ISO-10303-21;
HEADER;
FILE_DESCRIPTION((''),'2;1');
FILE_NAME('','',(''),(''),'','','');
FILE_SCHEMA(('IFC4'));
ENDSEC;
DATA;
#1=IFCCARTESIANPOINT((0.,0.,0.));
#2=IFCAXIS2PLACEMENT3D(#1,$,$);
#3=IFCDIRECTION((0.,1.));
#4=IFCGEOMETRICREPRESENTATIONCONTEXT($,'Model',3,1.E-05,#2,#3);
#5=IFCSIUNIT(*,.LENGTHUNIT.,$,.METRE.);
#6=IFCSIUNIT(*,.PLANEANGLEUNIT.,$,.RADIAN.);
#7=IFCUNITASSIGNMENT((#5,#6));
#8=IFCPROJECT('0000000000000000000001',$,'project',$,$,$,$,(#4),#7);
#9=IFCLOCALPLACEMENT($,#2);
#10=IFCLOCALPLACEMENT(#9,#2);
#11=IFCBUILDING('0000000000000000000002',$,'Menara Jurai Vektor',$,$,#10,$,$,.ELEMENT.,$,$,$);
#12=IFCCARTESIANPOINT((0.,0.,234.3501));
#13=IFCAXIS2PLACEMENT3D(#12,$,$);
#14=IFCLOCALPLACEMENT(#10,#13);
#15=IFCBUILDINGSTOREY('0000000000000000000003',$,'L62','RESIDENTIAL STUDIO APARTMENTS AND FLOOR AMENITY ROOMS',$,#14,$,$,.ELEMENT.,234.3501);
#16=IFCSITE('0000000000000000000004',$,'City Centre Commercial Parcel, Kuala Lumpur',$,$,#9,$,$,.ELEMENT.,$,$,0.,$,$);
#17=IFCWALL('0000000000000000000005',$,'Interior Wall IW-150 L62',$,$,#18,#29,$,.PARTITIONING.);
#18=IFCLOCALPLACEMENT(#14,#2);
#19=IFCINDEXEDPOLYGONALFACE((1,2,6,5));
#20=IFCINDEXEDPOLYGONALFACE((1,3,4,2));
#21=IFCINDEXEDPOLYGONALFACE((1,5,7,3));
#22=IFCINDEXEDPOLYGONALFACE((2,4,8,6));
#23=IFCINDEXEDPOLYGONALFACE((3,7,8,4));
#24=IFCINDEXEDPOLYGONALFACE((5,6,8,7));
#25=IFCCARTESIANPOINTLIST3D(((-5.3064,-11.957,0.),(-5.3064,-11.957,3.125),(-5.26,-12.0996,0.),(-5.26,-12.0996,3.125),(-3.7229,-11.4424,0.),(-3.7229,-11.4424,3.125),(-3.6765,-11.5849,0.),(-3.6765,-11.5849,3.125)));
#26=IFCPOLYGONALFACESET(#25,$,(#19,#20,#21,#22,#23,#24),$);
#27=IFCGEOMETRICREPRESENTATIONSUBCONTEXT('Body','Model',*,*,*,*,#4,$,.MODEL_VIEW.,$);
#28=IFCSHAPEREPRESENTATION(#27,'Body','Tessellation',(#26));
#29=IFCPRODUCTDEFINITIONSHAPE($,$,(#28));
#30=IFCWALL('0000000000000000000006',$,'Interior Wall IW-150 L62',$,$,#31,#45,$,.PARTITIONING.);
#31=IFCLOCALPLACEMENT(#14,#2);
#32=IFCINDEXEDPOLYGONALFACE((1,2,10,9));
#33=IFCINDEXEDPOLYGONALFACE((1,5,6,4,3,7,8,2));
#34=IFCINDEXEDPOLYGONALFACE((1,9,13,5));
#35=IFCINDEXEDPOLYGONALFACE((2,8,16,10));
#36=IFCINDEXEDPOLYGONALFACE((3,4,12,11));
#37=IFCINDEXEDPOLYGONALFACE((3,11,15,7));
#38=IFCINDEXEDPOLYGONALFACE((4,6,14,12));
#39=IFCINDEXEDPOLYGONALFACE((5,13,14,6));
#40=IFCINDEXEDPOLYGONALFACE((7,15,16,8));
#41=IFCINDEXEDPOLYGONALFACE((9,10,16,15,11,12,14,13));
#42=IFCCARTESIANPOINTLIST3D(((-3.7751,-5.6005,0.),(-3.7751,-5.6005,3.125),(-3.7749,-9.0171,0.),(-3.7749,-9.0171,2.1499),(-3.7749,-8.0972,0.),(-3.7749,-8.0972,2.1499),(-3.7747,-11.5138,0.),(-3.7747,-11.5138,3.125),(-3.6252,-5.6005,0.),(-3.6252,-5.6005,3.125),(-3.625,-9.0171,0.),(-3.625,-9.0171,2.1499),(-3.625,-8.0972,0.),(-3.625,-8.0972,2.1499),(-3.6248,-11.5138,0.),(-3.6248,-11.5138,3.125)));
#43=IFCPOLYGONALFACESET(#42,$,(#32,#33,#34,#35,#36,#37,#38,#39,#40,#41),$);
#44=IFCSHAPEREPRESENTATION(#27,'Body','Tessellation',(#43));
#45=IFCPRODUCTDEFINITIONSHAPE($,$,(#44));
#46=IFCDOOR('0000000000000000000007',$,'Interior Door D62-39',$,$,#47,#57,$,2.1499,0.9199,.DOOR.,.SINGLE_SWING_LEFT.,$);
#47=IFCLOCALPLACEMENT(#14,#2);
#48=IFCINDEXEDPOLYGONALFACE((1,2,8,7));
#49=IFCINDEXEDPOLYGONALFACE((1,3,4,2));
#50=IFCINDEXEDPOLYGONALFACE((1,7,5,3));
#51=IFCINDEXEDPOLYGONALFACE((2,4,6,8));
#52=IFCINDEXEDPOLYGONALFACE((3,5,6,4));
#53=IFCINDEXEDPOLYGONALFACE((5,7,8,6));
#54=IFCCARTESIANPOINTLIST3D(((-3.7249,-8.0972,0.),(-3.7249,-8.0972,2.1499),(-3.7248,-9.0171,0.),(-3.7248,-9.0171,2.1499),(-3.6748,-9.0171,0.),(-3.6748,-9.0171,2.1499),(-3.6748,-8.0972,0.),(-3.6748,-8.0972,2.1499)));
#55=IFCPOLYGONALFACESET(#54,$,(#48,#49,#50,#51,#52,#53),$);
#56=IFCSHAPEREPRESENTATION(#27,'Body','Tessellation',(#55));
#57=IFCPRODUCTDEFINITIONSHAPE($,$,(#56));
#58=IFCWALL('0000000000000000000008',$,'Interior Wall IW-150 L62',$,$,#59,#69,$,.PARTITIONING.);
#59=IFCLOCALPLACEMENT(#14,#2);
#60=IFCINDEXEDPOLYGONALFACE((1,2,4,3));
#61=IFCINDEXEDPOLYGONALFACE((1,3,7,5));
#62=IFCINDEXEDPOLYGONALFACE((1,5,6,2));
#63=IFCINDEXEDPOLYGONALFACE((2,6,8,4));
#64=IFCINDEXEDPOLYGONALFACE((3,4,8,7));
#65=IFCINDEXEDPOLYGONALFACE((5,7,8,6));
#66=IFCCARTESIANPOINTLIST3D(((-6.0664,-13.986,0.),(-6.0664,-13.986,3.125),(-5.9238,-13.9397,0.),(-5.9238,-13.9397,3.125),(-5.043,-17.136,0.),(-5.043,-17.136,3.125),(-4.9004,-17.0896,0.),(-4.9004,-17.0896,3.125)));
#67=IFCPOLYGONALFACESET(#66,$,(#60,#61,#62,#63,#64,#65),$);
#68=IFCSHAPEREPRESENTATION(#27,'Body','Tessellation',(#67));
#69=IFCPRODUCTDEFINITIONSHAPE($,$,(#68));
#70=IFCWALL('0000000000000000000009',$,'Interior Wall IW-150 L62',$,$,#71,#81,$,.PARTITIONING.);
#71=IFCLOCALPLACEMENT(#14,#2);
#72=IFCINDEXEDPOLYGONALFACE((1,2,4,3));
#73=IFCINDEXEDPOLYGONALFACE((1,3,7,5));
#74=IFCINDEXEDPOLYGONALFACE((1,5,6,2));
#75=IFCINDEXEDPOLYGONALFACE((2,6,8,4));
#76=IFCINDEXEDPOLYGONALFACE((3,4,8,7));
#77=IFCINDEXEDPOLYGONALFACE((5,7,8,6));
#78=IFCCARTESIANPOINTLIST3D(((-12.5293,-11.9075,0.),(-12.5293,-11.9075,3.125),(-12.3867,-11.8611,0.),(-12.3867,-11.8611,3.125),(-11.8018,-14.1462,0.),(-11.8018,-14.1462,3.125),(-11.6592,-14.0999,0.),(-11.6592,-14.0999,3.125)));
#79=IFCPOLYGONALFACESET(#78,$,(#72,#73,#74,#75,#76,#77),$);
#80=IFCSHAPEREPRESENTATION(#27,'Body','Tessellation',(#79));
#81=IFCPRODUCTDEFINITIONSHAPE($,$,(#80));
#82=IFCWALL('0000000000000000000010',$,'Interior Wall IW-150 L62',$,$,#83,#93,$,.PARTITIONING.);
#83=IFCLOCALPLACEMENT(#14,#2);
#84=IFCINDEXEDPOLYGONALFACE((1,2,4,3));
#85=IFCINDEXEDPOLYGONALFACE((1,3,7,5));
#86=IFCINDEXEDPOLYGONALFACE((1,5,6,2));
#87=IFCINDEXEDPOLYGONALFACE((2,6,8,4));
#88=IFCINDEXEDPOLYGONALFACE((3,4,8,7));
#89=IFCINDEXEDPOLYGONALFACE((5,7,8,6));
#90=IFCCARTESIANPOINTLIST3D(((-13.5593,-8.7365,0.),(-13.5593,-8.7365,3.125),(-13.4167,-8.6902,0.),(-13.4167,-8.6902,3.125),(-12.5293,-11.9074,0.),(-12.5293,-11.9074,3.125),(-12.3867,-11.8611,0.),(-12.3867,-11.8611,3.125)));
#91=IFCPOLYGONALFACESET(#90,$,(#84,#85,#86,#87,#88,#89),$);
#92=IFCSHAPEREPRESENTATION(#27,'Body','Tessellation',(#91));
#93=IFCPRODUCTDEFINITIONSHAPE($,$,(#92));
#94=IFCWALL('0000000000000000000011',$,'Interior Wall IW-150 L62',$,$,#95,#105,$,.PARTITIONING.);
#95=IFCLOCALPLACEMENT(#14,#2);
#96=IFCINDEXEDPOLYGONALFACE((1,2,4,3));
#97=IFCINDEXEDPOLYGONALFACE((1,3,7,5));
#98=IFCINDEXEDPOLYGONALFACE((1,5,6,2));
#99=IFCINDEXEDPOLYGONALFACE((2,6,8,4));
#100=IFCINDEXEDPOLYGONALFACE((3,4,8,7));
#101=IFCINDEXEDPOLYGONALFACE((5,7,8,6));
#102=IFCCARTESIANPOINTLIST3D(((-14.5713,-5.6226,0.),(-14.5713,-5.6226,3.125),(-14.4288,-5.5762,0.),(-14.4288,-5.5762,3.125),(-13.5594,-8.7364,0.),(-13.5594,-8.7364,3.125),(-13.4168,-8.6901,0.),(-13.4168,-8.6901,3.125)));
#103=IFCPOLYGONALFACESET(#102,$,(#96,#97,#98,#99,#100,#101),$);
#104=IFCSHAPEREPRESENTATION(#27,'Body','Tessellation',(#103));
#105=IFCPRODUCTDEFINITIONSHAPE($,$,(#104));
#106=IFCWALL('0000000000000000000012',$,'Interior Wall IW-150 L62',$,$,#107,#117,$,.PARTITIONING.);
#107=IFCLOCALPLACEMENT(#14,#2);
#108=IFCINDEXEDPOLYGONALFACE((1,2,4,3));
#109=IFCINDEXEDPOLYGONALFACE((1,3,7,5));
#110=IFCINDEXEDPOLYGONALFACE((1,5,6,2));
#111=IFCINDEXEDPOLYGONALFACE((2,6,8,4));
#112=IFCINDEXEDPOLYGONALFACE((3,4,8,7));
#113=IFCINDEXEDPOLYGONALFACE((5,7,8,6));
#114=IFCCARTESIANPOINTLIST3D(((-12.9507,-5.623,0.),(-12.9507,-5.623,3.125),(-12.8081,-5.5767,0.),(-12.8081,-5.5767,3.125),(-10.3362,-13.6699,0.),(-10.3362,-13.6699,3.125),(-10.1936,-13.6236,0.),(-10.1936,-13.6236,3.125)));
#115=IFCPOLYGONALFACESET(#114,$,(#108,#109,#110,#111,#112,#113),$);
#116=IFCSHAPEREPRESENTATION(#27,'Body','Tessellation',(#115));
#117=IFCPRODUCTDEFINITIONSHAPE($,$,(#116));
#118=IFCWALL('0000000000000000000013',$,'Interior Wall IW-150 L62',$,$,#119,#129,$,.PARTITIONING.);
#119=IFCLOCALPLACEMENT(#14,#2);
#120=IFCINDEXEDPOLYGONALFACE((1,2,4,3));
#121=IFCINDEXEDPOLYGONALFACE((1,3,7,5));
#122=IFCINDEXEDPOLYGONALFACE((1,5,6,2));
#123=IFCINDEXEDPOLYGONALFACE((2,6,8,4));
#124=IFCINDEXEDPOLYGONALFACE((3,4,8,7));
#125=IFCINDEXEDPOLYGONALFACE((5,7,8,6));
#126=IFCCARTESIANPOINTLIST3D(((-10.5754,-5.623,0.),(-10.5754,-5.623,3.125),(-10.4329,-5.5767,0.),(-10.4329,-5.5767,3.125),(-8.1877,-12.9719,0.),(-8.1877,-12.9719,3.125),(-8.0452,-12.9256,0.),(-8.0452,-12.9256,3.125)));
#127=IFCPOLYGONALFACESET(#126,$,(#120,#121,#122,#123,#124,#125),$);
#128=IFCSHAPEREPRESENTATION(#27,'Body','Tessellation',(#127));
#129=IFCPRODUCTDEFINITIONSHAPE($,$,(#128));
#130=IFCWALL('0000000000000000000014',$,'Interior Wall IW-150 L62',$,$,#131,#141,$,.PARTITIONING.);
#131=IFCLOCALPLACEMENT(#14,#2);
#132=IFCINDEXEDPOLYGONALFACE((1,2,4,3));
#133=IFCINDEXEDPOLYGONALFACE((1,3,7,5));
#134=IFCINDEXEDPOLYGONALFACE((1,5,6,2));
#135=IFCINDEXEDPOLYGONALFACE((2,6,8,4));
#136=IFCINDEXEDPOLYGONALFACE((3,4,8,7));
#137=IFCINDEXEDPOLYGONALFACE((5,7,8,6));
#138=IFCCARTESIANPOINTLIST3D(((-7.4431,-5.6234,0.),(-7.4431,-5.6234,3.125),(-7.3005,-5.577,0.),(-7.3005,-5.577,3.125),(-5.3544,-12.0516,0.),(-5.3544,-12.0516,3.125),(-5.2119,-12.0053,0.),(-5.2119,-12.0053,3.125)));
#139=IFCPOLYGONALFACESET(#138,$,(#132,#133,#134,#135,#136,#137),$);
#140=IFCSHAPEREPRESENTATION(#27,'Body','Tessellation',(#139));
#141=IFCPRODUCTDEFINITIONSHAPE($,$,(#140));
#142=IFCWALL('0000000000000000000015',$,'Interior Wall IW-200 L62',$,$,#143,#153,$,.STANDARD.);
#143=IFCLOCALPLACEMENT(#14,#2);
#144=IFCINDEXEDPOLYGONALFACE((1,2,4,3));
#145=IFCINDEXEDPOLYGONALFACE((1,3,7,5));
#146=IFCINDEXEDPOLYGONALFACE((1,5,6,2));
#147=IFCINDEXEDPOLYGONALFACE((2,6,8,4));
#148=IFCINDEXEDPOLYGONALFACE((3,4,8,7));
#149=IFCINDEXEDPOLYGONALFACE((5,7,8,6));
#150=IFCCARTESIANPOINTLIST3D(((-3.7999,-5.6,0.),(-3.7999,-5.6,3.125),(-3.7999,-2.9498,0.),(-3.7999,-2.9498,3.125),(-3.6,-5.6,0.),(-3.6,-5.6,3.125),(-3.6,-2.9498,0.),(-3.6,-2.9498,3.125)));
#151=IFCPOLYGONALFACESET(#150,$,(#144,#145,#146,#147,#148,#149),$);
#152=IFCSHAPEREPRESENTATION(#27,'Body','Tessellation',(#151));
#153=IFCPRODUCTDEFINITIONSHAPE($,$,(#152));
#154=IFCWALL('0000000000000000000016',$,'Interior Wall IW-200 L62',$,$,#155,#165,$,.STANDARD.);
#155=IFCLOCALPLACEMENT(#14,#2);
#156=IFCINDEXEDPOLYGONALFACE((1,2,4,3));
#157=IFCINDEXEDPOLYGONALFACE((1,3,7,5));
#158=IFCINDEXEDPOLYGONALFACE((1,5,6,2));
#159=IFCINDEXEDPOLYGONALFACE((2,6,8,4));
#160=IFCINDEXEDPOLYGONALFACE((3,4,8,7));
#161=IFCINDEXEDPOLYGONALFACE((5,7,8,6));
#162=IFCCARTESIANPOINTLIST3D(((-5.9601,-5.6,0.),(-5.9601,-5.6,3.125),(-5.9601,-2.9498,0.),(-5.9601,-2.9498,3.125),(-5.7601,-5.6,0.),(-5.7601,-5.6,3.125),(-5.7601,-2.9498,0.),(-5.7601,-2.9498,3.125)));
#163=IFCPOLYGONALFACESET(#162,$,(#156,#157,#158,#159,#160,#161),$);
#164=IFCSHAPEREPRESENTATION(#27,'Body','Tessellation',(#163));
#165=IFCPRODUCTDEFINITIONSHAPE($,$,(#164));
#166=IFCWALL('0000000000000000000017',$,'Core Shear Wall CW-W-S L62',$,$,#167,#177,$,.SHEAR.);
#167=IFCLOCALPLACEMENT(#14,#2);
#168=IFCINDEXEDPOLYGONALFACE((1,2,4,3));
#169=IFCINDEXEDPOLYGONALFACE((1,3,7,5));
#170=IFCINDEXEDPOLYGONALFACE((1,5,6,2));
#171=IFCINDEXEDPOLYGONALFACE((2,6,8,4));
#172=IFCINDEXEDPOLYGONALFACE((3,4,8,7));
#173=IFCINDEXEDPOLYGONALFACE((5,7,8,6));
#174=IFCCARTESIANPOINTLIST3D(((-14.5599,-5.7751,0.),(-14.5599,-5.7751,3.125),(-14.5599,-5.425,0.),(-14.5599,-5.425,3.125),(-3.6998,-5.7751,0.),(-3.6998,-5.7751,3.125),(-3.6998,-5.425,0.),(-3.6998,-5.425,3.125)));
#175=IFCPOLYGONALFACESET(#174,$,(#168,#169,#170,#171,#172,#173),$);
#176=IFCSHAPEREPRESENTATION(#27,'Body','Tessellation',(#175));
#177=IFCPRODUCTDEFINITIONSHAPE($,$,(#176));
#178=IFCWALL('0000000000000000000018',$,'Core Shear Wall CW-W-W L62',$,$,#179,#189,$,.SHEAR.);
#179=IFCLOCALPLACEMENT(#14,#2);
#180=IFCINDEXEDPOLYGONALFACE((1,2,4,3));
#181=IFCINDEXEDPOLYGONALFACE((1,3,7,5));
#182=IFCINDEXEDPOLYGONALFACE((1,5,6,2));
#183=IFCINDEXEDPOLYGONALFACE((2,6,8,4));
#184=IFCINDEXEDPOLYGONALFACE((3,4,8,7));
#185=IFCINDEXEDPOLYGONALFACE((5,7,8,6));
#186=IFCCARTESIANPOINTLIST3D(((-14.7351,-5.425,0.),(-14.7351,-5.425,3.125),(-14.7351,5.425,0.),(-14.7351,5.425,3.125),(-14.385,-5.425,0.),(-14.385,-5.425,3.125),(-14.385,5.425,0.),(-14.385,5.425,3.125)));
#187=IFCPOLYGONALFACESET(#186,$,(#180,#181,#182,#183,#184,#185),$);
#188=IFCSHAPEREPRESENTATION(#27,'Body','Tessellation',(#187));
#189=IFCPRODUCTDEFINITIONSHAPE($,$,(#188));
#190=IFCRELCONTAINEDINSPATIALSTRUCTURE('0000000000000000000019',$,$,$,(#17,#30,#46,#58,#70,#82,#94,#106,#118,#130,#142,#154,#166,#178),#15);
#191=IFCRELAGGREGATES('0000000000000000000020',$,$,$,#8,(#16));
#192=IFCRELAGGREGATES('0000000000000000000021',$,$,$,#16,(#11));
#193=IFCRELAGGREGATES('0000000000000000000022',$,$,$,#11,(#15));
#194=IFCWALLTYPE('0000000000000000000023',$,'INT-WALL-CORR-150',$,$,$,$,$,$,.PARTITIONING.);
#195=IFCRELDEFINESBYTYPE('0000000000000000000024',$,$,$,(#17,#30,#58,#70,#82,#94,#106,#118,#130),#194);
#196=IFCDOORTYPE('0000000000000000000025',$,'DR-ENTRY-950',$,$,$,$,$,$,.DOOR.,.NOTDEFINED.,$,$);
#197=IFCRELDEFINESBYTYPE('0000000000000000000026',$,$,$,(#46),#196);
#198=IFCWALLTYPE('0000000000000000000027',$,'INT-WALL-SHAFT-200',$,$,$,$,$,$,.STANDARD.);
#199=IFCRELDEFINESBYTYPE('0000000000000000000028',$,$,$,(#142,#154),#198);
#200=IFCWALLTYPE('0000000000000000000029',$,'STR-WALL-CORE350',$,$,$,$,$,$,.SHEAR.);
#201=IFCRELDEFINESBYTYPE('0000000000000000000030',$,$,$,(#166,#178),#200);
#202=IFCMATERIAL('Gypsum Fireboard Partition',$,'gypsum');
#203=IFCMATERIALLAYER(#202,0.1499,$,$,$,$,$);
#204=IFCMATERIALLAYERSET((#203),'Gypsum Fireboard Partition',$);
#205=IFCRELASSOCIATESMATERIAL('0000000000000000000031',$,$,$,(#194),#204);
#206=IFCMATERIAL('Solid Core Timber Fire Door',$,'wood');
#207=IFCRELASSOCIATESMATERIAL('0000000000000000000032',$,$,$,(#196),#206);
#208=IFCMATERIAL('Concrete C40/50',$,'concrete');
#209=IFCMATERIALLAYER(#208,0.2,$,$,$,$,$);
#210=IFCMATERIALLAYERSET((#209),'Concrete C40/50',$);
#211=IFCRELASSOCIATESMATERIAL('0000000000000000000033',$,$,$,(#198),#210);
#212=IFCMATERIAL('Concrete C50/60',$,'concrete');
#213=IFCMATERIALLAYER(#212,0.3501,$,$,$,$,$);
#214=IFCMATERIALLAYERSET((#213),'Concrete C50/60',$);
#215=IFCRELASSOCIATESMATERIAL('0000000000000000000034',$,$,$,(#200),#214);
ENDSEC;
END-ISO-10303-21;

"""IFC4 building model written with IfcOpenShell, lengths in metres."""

from ifc_helpers import new_model, si_unit, direction, frame, frame_2d, origin, place, context, subcontext, project, spatial, rectangle, extrude, material, layer, layer_set, type_object, element, fill, save


model = new_model("IFC4")

# Units and contexts
model_context = context("Model", 3, precision=1e-05, world=origin(), true_north=direction((0.0, 1.0)))
body_context = subcontext(model_context, "Body", "Model", "MODEL_VIEW")
ifc_project = project(units=[si_unit("LENGTHUNIT", "METRE"), si_unit("PLANEANGLEUNIT", "RADIAN")], contexts=[model_context])

# Site, building, storey
site_placement = place(None, origin())
site = spatial("IfcSite", under=ifc_project, at=site_placement, Name="City Centre Commercial Parcel, Kuala Lumpur", CompositionType="ELEMENT", RefElevation=0.0)
building_placement = place(site_placement, origin())
building = spatial("IfcBuilding", under=site, at=building_placement, Name="Menara Jurai Vektor", CompositionType="ELEMENT")
storey_placement = place(building_placement, frame((0.0, 0.0, 234.3501)))
storey = spatial("IfcBuildingStorey", under=building, at=storey_placement, Name="L62", Description="RESIDENTIAL STUDIO APARTMENTS AND FLOOR AMENITY ROOMS", CompositionType="ELEMENT", Elevation=234.3501)

# Shared definitions
ifc_material_1 = material(Name="Concrete C50/60", Category="concrete")

# Shared definitions
ifc_material_2 = material(Name="Gypsum Fireboard Partition", Category="gypsum")
ifc_layer_1 = layer(ifc_material_2, 0.1499)
ifc_layer_set_1 = layer_set([ifc_layer_1], Name="Gypsum Fireboard Partition")
wall_type_1 = type_object("IfcWallType", Name="INT-WALL-CORR-150", PredefinedType="PARTITIONING", material=ifc_layer_set_1)

# Shared definitions
ifc_material_3 = material(Name="Solid Core Timber Fire Door", Category="wood")
door_type = type_object("IfcDoorType", Name="DR-ENTRY-950", OperationType="NOTDEFINED", PredefinedType="DOOR", material=ifc_material_3)

# Wall
wall_1_placement = place(storey_placement, frame((-5.2832, -12.0283, 0.0), z_axis=(0.0, 0.0, 1.0), x_axis=(0.951032, 0.309093, 0.0)))
element("IfcWall", 1, at=wall_1_placement, inside=storey, type_object=wall_type_1, Name="Interior Wall IW-150 L62", PredefinedType="PARTITIONING", context=body_context, shape_type="SweptSolid", body=[
    extrude(rectangle(XDim=1.665, YDim=0.1499, at=frame_2d((0.8325, 0.0))), origin(), (0.0, 0.0, 1.0), 3.125),
])

# Wall, opening, door
wall_2_placement = place(storey_placement, frame((-3.6997, -11.5137, 0.0), z_axis=(0.0, 0.0, 1.0), x_axis=(-0.000083, 1.0, 0.0)))
wall_2 = element("IfcWall", 2, at=wall_2_placement, inside=storey, type_object=wall_type_1, Name="Interior Wall IW-150 L62", PredefinedType="PARTITIONING", context=body_context, shape_type="SweptSolid", body=[
    extrude(rectangle(XDim=5.9133, YDim=0.1499, at=frame_2d((2.9565, 0.0))), origin(), (0.0, 0.0, 1.0), 3.125),
])
opening_1_placement = place(wall_2_placement, frame((2.4966, 0.0, 0.0)))
opening_1 = element("IfcOpeningElement", 3, at=opening_1_placement, cuts=wall_2, PredefinedType="OPENING", context=body_context, shape_type="SweptSolid", body=[
    extrude(rectangle(XDim=0.9199, YDim=2.1499, at=frame_2d((0.46, 1.075))), frame((0.0, 0.085, 0.0), z_axis=(0.0, -1.0, 0.0), x_axis=(1.0, 0.0, 0.0)), (0.0, 0.0, 1.0), 0.1699),
])
door_1_placement = place(opening_1_placement, origin())
door_1 = element("IfcDoor", 4, at=door_1_placement, inside=storey, type_object=door_type, Name="Interior Door D62-39", OperationType="SINGLE_SWING_LEFT", OverallHeight=2.1499, OverallWidth=0.9199, PredefinedType="DOOR", context=body_context, shape_type="SweptSolid", body=[
    extrude(rectangle(XDim=0.9199, YDim=2.1499, at=frame_2d((0.46, 1.075))), frame((0.0, 0.0249, 0.0), z_axis=(0.0, -1.0, 0.0), x_axis=(1.0, 0.0, 0.0)), (0.0, 0.0, 1.0), 0.05),
])
fill(opening_1, door_1)

# Walls
wall_3_placement = place(storey_placement, frame((-4.9717, -17.1128, 0.0), z_axis=(0.0, 0.0, 1.0), x_axis=(-0.309009, 0.951059, 0.0)))
element("IfcWall", 5, at=wall_3_placement, inside=storey, type_object=wall_type_1, Name="Interior Wall IW-150 L62", PredefinedType="PARTITIONING", context=body_context, shape_type="SweptSolid", body=[
    extrude(rectangle(XDim=3.312, YDim=0.1499, at=frame_2d((1.656, 0.0))), origin(), (0.0, 0.0, 1.0), 3.125),
])
wall_4_placement = place(storey_placement, frame((-11.7305, -14.123, 0.0), z_axis=(0.0, 0.0, 1.0), x_axis=(-0.309063, 0.951042, 0.0)))
element("IfcWall", 6, at=wall_4_placement, inside=storey, type_object=wall_type_1, Name="Interior Wall IW-150 L62", PredefinedType="PARTITIONING", context=body_context, shape_type="SweptSolid", body=[
    extrude(rectangle(XDim=2.354, YDim=0.1499, at=frame_2d((1.177, 0.0))), origin(), (0.0, 0.0, 1.0), 3.125),
])
wall_5_placement = place(storey_placement, frame((-12.458, -11.8843, 0.0), z_axis=(0.0, 0.0, 1.0), x_axis=(-0.308947, 0.951079, 0.0)))
element("IfcWall", 7, at=wall_5_placement, inside=storey, type_object=wall_type_1, Name="Interior Wall IW-150 L62", PredefinedType="PARTITIONING", context=body_context, shape_type="SweptSolid", body=[
    extrude(rectangle(XDim=3.334, YDim=0.1499, at=frame_2d((1.667, 0.0))), origin(), (0.0, 0.0, 1.0), 3.125),
])
wall_6_placement = place(storey_placement, frame((-13.488, -8.7134, 0.0), z_axis=(0.0, 0.0, 1.0), x_axis=(-0.309083, 0.951035, 0.0)))
element("IfcWall", 8, at=wall_6_placement, inside=storey, type_object=wall_type_1, Name="Interior Wall IW-150 L62", PredefinedType="PARTITIONING", context=body_context, shape_type="SweptSolid", body=[
    extrude(rectangle(XDim=3.2742, YDim=0.1499, at=frame_2d((1.6372, 0.0))), origin(), (0.0, 0.0, 1.0), 3.125),
])
wall_7_placement = place(storey_placement, frame((-10.2649, -13.6467, 0.0), z_axis=(0.0, 0.0, 1.0), x_axis=(-0.309008, 0.95106, 0.0)))
element("IfcWall", 9, at=wall_7_placement, inside=storey, type_object=wall_type_1, Name="Interior Wall IW-150 L62", PredefinedType="PARTITIONING", context=body_context, shape_type="SweptSolid", body=[
    extrude(rectangle(XDim=8.4609, YDim=0.1499, at=frame_2d((4.2305, 0.0))), origin(), (0.0, 0.0, 1.0), 3.125),
])
wall_8_placement = place(storey_placement, frame((-8.1165, -12.9487, 0.0), z_axis=(0.0, 0.0, 1.0), x_axis=(-0.309005, 0.95106, 0.0)))
element("IfcWall", 10, at=wall_8_placement, inside=storey, type_object=wall_type_1, Name="Interior Wall IW-150 L62", PredefinedType="PARTITIONING", context=body_context, shape_type="SweptSolid", body=[
    extrude(rectangle(XDim=7.7271, YDim=0.1499, at=frame_2d((3.8635, 0.0))), origin(), (0.0, 0.0, 1.0), 3.125),
])
wall_9_placement = place(storey_placement, frame((-5.2832, -12.0283, 0.0), z_axis=(0.0, 0.0, 1.0), x_axis=(-0.309013, 0.951058, 0.0)))
element("IfcWall", 11, at=wall_9_placement, inside=storey, type_object=wall_type_1, Name="Interior Wall IW-150 L62", PredefinedType="PARTITIONING", context=body_context, shape_type="SweptSolid", body=[
    extrude(rectangle(XDim=6.759, YDim=0.1499, at=frame_2d((3.3794, 0.0))), origin(), (0.0, 0.0, 1.0), 3.125),
])
ifc_material_4 = material(Name="Concrete C40/50", Category="concrete")
ifc_layer_2 = layer(ifc_material_4, 0.2)
ifc_layer_set_2 = layer_set([ifc_layer_2], Name="Concrete C40/50")
wall_type_2 = type_object("IfcWallType", Name="INT-WALL-SHAFT-200", PredefinedType="STANDARD", material=ifc_layer_set_2)
for number, where, z_axis, x_axis, name in (
    (12, (-3.7, -5.6001, 0.0), (0.0, 0.0, 1.0), (0.0, 1.0, 0.0), "Interior Wall IW-200 L62"),
    (13, (-5.8601, -5.6001, 0.0), (0.0, 0.0, 1.0), (0.0, 1.0, 0.0), "Interior Wall IW-200 L62"),
):
    element("IfcWall", number, at=place(storey_placement, frame(where, z_axis=z_axis, x_axis=x_axis)), inside=storey, type_object=wall_type_2, Name=name, PredefinedType="STANDARD", context=body_context, shape_type="SweptSolid", body=[
        extrude(rectangle(XDim=2.6501, YDim=0.2, at=frame_2d((1.3252, 0.0))), origin(), (0.0, 0.0, 1.0), 3.125),
    ])
ifc_layer_3 = layer(ifc_material_1, 0.3501)
ifc_layer_set_3 = layer_set([ifc_layer_3], Name="Concrete C50/60")
wall_type_3 = type_object("IfcWallType", Name="STR-WALL-CORE350", PredefinedType="SHEAR", material=ifc_layer_set_3)
wall_10_placement = place(storey_placement, frame((-14.5601, -5.6001, 0.0), z_axis=(0.0, 0.0, 1.0), x_axis=(1.0, 0.0, 0.0)))
element("IfcWall", 14, at=wall_10_placement, inside=storey, type_object=wall_type_3, Name="Core Shear Wall CW-W-S L62", PredefinedType="SHEAR", context=body_context, shape_type="SweptSolid", body=[
    extrude(rectangle(XDim=10.8601, YDim=0.3501, at=frame_2d((5.4302, 0.0))), origin(), (0.0, 0.0, 1.0), 3.125),
])
wall_11_placement = place(storey_placement, frame((-14.5601, -5.425, 0.0), z_axis=(0.0, 0.0, 1.0), x_axis=(0.0, 1.0, 0.0)))
element("IfcWall", 15, at=wall_11_placement, inside=storey, type_object=wall_type_3, Name="Core Shear Wall CW-W-W L62", PredefinedType="SHEAR", context=body_context, shape_type="SweptSolid", body=[
    extrude(rectangle(XDim=10.8501, YDim=0.3501, at=frame_2d((5.425, 0.0))), origin(), (0.0, 0.0, 1.0), 3.125),
])

save(model, "model.ifc")
